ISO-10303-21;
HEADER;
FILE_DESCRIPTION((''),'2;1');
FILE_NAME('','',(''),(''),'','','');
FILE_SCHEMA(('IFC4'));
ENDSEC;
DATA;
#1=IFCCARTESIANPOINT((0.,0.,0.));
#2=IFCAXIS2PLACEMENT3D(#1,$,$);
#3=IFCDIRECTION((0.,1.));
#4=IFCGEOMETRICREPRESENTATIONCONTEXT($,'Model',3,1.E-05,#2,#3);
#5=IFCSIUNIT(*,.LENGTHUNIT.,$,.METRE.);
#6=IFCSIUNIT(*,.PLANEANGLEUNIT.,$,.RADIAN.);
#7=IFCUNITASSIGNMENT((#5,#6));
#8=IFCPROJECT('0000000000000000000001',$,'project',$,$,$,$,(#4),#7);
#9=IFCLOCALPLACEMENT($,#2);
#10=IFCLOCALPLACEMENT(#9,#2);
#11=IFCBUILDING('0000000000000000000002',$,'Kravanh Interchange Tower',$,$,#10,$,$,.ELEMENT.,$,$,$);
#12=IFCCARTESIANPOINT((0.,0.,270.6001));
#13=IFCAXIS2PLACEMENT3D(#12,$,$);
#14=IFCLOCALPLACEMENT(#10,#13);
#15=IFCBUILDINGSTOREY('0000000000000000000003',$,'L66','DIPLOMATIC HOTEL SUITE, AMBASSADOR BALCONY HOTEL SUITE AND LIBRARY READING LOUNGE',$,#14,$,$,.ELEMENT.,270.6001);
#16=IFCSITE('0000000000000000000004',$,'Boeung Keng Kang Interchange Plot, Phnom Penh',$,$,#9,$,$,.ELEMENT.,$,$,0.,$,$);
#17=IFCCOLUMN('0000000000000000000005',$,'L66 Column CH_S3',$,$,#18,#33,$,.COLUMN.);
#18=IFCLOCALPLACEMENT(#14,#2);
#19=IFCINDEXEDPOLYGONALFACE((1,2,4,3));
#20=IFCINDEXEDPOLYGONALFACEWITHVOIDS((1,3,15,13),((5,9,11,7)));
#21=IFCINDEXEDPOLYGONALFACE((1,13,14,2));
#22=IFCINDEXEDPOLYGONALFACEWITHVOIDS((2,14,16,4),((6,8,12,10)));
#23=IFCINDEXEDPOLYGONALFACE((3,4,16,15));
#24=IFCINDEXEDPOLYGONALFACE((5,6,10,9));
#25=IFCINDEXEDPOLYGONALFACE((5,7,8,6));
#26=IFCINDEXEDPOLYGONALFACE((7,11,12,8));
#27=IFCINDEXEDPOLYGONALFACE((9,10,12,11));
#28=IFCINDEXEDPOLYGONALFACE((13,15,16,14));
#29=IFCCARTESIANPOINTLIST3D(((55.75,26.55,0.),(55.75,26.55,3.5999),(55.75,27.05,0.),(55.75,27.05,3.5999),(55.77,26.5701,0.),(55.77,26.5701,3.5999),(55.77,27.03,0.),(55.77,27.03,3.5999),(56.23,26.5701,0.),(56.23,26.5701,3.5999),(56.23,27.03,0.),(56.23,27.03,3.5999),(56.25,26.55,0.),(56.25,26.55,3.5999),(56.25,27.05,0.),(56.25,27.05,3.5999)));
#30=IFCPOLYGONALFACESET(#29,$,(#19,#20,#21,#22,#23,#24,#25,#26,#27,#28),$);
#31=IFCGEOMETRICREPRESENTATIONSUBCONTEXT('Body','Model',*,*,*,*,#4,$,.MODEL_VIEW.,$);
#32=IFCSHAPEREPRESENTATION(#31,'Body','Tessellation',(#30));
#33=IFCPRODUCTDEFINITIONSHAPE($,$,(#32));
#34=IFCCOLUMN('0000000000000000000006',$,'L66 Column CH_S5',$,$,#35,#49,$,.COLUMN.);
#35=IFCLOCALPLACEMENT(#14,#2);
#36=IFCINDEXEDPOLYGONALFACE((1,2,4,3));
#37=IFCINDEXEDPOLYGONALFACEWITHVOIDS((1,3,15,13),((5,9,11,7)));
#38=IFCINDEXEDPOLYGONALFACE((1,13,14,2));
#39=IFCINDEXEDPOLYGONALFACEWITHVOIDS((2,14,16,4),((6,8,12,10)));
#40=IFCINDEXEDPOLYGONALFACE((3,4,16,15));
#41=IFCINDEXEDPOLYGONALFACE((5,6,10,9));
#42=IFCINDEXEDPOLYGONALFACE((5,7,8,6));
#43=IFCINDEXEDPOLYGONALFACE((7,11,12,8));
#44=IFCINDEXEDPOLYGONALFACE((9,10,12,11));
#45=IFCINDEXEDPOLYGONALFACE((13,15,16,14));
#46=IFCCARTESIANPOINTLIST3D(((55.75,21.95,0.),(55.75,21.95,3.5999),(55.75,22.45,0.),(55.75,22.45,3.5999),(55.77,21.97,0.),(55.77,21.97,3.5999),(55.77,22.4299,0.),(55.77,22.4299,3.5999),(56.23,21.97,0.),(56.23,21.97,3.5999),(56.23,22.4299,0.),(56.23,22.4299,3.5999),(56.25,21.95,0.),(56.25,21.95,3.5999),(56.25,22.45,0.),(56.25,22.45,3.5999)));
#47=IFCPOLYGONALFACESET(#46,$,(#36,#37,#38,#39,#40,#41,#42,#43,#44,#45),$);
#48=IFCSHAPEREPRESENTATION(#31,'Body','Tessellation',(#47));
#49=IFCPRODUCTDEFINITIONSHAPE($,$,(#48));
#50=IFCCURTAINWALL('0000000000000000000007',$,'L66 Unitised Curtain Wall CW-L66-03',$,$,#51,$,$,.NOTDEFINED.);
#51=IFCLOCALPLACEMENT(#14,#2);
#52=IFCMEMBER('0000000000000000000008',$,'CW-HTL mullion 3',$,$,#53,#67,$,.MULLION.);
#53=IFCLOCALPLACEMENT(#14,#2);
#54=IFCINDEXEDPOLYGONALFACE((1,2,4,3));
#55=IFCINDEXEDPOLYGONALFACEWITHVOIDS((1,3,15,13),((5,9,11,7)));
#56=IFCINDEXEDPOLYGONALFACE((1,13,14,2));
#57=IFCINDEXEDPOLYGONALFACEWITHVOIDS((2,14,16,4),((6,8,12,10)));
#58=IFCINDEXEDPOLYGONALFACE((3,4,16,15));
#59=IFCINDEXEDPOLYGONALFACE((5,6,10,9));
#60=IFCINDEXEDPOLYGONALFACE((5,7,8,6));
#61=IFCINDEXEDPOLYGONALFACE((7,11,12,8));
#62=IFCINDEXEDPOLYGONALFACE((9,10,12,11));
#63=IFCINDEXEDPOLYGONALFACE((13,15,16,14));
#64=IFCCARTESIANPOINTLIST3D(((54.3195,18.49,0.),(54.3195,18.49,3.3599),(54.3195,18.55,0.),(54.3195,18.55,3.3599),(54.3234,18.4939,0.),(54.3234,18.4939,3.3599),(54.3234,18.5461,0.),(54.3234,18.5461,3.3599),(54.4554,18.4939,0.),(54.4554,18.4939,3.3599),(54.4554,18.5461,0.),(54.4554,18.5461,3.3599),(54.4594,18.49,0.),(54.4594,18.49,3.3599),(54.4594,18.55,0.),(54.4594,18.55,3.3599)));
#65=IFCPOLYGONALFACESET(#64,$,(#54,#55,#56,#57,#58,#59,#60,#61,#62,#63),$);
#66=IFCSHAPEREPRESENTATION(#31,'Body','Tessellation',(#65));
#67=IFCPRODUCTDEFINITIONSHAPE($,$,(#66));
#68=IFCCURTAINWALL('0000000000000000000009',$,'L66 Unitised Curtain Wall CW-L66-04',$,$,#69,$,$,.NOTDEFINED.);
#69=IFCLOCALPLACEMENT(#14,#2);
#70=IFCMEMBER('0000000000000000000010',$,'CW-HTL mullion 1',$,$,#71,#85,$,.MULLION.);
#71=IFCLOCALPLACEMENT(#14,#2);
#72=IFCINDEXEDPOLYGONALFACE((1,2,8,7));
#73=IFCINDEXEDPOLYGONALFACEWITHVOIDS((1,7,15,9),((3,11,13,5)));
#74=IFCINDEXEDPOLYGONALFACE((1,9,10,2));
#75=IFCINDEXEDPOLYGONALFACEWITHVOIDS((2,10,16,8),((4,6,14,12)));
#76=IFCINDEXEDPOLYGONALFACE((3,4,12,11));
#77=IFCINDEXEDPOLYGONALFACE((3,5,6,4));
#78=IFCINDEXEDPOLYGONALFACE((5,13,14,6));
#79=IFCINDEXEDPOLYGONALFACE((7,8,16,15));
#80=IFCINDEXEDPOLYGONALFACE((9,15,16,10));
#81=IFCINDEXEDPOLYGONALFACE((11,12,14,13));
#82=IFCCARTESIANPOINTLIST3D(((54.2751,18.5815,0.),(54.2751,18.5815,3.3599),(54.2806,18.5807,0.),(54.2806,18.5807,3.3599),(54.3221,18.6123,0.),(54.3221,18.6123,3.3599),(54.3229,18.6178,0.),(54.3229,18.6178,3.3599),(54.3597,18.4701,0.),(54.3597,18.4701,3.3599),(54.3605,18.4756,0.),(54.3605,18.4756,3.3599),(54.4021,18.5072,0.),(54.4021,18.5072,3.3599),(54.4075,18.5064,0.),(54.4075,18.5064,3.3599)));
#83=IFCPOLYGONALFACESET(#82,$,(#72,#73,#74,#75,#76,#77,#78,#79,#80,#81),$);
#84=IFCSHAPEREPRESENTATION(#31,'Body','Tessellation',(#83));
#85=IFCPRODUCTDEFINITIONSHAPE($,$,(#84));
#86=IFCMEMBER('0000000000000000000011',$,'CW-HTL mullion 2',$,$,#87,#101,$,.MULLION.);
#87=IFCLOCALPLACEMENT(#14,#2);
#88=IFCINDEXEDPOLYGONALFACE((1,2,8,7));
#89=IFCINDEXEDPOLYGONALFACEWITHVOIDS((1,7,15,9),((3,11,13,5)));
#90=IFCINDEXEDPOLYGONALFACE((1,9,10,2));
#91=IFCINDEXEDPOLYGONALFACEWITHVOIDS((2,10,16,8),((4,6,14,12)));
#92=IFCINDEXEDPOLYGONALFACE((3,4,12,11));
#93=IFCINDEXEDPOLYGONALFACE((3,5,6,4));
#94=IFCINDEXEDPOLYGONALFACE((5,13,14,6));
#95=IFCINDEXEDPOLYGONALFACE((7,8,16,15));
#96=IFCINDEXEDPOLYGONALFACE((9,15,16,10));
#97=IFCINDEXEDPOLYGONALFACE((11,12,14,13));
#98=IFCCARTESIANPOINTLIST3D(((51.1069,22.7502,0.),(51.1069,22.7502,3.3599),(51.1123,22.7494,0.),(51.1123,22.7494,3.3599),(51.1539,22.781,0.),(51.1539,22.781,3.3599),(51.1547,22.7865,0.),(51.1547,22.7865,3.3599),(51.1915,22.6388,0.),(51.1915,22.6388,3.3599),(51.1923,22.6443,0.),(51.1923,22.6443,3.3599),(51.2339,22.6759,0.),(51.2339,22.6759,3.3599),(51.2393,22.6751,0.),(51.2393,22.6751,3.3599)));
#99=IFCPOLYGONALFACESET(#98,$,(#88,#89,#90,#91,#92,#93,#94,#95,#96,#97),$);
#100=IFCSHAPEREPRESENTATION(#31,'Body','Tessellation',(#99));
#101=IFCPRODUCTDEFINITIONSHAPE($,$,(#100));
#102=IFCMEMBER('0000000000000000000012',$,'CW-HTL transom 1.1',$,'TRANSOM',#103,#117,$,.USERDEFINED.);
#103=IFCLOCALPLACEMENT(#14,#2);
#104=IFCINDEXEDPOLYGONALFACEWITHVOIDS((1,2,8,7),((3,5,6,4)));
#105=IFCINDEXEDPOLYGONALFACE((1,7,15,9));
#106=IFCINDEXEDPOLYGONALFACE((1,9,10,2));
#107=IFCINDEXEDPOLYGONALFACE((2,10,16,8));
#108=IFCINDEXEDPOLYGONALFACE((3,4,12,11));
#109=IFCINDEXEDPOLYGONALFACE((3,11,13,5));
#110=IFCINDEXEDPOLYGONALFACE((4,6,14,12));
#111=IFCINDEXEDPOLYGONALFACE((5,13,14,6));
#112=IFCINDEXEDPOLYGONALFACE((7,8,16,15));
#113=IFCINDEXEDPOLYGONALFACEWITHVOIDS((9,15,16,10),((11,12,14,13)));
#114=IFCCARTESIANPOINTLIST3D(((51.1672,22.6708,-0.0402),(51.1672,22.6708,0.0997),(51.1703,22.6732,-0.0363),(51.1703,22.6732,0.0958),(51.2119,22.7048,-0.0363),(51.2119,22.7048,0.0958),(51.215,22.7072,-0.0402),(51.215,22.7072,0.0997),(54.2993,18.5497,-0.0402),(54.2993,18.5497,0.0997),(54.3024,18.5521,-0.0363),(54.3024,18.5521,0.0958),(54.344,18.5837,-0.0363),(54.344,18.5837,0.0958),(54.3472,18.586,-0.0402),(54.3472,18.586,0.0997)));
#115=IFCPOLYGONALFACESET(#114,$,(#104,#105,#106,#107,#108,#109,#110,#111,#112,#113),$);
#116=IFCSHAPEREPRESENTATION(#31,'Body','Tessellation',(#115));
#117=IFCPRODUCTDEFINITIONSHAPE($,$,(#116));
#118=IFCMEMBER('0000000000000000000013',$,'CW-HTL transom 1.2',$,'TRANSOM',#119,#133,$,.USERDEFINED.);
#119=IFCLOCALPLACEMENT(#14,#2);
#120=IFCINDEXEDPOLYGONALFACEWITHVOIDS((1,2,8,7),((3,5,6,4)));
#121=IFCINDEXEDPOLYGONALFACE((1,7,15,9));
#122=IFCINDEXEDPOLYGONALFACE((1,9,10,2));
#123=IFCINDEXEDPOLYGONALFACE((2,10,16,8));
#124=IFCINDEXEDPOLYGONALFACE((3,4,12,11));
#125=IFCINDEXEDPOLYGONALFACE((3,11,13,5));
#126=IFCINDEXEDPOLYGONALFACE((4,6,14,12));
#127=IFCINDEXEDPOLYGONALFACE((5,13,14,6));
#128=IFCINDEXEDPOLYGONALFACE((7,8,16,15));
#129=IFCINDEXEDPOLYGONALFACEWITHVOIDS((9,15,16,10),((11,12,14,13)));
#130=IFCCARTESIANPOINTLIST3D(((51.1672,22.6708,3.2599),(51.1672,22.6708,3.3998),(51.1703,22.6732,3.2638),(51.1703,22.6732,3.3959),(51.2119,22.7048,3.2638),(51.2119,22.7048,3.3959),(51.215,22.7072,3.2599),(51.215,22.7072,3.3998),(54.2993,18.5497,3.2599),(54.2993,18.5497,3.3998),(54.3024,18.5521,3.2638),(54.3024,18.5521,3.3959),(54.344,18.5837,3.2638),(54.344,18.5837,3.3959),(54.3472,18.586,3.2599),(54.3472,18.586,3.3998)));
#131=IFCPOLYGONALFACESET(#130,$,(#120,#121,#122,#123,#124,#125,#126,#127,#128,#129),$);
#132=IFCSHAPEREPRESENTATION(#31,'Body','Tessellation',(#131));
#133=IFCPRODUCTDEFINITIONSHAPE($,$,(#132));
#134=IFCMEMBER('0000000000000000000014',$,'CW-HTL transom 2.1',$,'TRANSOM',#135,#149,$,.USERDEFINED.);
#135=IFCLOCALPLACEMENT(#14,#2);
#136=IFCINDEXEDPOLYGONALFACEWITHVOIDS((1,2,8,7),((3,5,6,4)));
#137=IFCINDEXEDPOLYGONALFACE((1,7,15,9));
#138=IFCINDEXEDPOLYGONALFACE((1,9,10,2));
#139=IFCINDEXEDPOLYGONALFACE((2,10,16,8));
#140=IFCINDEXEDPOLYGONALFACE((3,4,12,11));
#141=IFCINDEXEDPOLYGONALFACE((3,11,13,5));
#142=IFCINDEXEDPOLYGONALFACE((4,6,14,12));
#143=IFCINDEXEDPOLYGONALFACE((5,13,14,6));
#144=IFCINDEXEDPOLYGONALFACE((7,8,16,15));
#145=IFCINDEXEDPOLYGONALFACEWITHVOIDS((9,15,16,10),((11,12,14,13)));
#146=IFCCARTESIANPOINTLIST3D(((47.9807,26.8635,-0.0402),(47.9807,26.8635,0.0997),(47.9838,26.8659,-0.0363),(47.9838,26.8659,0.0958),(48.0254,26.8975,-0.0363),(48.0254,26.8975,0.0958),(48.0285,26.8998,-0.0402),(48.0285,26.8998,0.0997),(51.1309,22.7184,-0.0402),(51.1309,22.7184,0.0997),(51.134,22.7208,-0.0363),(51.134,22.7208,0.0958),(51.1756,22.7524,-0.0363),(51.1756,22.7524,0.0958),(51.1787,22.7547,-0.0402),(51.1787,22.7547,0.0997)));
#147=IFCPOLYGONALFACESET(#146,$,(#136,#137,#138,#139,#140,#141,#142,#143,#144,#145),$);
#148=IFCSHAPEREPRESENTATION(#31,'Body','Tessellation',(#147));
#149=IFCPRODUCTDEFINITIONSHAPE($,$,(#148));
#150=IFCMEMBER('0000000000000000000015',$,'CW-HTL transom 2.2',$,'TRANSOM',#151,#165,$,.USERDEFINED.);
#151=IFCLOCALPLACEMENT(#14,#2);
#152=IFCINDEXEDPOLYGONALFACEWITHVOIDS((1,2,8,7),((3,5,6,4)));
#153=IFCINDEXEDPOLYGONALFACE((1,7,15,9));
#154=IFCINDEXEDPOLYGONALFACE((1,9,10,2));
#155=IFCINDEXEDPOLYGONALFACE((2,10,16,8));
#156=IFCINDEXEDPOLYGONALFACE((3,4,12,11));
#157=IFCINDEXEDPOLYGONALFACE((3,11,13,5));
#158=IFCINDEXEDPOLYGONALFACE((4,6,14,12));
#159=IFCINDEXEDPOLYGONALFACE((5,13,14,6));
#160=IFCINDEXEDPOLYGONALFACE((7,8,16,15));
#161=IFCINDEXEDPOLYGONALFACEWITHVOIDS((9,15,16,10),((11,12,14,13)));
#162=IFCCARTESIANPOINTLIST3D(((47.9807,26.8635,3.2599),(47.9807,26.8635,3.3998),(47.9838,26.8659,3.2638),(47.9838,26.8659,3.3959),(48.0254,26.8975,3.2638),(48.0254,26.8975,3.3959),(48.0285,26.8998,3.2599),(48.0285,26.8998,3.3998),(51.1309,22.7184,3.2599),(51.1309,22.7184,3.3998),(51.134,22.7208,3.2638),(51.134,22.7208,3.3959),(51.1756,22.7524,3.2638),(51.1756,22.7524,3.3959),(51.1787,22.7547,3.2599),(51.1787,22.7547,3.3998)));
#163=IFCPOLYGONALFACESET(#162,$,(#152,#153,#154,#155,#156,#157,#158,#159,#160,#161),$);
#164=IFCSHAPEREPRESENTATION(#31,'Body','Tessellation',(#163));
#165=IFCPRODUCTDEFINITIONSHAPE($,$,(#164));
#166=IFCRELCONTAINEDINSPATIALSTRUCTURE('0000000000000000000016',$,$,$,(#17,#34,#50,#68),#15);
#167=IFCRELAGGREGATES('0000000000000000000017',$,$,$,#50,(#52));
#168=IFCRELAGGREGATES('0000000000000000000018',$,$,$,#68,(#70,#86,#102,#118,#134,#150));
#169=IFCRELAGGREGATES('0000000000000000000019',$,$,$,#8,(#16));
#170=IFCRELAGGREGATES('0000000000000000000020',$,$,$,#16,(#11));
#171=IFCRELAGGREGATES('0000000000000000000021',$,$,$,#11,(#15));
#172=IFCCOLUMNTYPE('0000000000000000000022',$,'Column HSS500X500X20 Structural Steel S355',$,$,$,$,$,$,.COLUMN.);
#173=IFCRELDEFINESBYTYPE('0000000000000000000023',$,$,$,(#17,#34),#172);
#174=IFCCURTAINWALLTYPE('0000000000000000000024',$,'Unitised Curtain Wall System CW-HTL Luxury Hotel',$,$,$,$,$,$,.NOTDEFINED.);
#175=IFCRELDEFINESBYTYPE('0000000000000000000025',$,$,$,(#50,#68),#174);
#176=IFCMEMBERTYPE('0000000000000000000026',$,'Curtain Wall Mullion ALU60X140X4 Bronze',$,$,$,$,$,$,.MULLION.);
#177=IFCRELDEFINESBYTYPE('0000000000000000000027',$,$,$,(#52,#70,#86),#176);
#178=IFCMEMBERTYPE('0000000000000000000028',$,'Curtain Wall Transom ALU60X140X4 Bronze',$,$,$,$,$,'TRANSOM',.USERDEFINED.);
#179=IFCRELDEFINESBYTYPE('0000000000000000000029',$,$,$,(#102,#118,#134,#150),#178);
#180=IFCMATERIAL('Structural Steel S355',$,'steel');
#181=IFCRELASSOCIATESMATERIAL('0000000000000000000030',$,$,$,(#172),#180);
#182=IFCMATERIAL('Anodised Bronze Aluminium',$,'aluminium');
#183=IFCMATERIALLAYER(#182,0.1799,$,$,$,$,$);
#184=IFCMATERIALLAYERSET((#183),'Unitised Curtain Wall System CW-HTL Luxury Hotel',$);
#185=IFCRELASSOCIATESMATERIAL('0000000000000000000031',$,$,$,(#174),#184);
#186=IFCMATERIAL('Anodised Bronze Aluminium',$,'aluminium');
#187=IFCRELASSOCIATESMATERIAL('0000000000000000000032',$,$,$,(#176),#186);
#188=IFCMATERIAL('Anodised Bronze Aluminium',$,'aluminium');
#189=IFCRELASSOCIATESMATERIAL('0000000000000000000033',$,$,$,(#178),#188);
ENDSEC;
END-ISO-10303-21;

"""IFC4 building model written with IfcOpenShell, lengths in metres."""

from ifc_helpers import new_model, si_unit, direction, frame, origin, origin_2d, place, context, subcontext, project, spatial, hollow_rectangle, extrude, material, layer, layer_set, material_profile, profile_set, type_object, element, aggregate, save


model = new_model("IFC4")

# Units and contexts
model_context = context("Model", 3, precision=1e-05, world=origin(), true_north=direction((0.0, 1.0)))
body_context = subcontext(model_context, "Body", "Model", "MODEL_VIEW")
ifc_project = project(units=[si_unit("LENGTHUNIT", "METRE"), si_unit("PLANEANGLEUNIT", "RADIAN")], contexts=[model_context])

# Site, building, storey
site_placement = place(None, origin())
site = spatial("IfcSite", under=ifc_project, at=site_placement, Name="Boeung Keng Kang Interchange Plot, Phnom Penh", CompositionType="ELEMENT", RefElevation=0.0)
building_placement = place(site_placement, origin())
building = spatial("IfcBuilding", under=site, at=building_placement, Name="Kravanh Interchange Tower", CompositionType="ELEMENT")
storey_placement = place(building_placement, frame((0.0, 0.0, 270.6001)))
storey = spatial("IfcBuildingStorey", under=building, at=storey_placement, Name="L66", Description="DIPLOMATIC HOTEL SUITE, AMBASSADOR BALCONY HOTEL SUITE AND LIBRARY READING LOUNGE", CompositionType="ELEMENT", Elevation=270.6001)

# Columns
ifc_material_1 = material(Name="Structural Steel S355", Category="steel")
ifc_material_profile_1 = material_profile(ifc_material_1, hollow_rectangle(XDim=0.5, YDim=0.5, WallThickness=0.02, at=origin_2d()), Name="HSS500X500X20")
ifc_profile_set_1 = profile_set([ifc_material_profile_1], Name="Structural Steel S355")
column_type = type_object("IfcColumnType", Name="Column HSS500X500X20 Structural Steel S355", PredefinedType="COLUMN", material=ifc_profile_set_1)
for number, where, z_axis, x_axis, name in (
    (1, (56.0, 26.8, 0.0), (0.0, 0.0, 1.0), (1.0, 0.0, 0.0), "L66 Column CH_S3"),
    (2, (56.0, 22.2, 0.0), (0.0, 0.0, 1.0), (1.0, 0.0, 0.0), "L66 Column CH_S5"),
):
    element("IfcColumn", number, at=place(storey_placement, frame(where, z_axis=z_axis, x_axis=x_axis)), inside=storey, type_object=column_type, Name=name, PredefinedType="COLUMN", context=body_context, shape_type="SweptSolid", body=[
        extrude(hollow_rectangle(XDim=0.5, YDim=0.5, WallThickness=0.02, at=origin_2d()), origin(), (0.0, 0.0, 1.0), 3.5999),
    ])

# Curtain wall, member
ifc_material_2 = material(Name="Anodised Bronze Aluminium", Category="aluminium")
ifc_layer_1 = layer(ifc_material_2, 0.1799)
ifc_layer_set_1 = layer_set([ifc_layer_1], Name="Unitised Curtain Wall System CW-HTL Luxury Hotel")
curtain_wall_type = type_object("IfcCurtainWallType", Name="Unitised Curtain Wall System CW-HTL Luxury Hotel", PredefinedType="NOTDEFINED", material=ifc_layer_set_1)
curtain_wall_1_placement = place(storey_placement, origin())
curtain_wall_1 = element("IfcCurtainWall", 3, at=curtain_wall_1_placement, inside=storey, type_object=curtain_wall_type, Name="L66 Unitised Curtain Wall CW-L66-03", PredefinedType="NOTDEFINED")
ifc_material_3 = material(Name="Anodised Bronze Aluminium", Category="aluminium")
ifc_material_profile_2 = material_profile(ifc_material_3, hollow_rectangle(XDim=0.0601, YDim=0.1399, WallThickness=0.0039, at=origin_2d()), Name="ALU60X140X4")
ifc_profile_set_2 = profile_set([ifc_material_profile_2], Name="Anodised Bronze Aluminium")
member_type_1 = type_object("IfcMemberType", Name="Curtain Wall Mullion ALU60X140X4 Bronze", PredefinedType="MULLION", material=ifc_profile_set_2)
member_1_placement = place(storey_placement, frame((54.3894, 18.52, 0.0), z_axis=(0.0, 0.0, 1.0), x_axis=(0.0, -1.0, 0.0)))
member_1 = element("IfcMember", 4, at=member_1_placement, type_object=member_type_1, Name="CW-HTL mullion 3", PredefinedType="MULLION", context=body_context, shape_type="SweptSolid", body=[
    extrude(hollow_rectangle(XDim=0.0601, YDim=0.1399, WallThickness=0.0039, at=origin_2d()), origin(), (0.0, 0.0, 1.0), 3.3599),
])

# Curtain wall, members
curtain_wall_2_placement = place(storey_placement, origin())
curtain_wall_2 = element("IfcCurtainWall", 5, at=curtain_wall_2_placement, inside=storey, type_object=curtain_wall_type, Name="L66 Unitised Curtain Wall CW-L66-04", PredefinedType="NOTDEFINED")
member_2_placement = place(storey_placement, frame((54.3413, 18.5439, 0.0), z_axis=(0.0, 0.0, 1.0), x_axis=(-0.796162, -0.605083, 0.0)))
member_2 = element("IfcMember", 6, at=member_2_placement, type_object=member_type_1, Name="CW-HTL mullion 1", PredefinedType="MULLION", context=body_context, shape_type="SweptSolid", body=[
    extrude(hollow_rectangle(XDim=0.0601, YDim=0.1399, WallThickness=0.0039, at=origin_2d()), origin(), (0.0, 0.0, 1.0), 3.3599),
])
member_3_placement = place(storey_placement, frame((51.1731, 22.7126, 0.0), z_axis=(0.0, 0.0, 1.0), x_axis=(-0.796162, -0.605083, 0.0)))
member_3 = element("IfcMember", 7, at=member_3_placement, type_object=member_type_1, Name="CW-HTL mullion 2", PredefinedType="MULLION", context=body_context, shape_type="SweptSolid", body=[
    extrude(hollow_rectangle(XDim=0.0601, YDim=0.1399, WallThickness=0.0039, at=origin_2d()), origin(), (0.0, 0.0, 1.0), 3.3599),
])
ifc_material_4 = material(Name="Anodised Bronze Aluminium", Category="aluminium")
ifc_material_profile_3 = material_profile(ifc_material_4, hollow_rectangle(XDim=0.0601, YDim=0.1399, WallThickness=0.0039, at=origin_2d()), Name="ALU60X140X4")
ifc_profile_set_3 = profile_set([ifc_material_profile_3], Name="Anodised Bronze Aluminium")
member_type_2 = type_object("IfcMemberType", Name="Curtain Wall Transom ALU60X140X4 Bronze", ElementType="TRANSOM", PredefinedType="USERDEFINED", material=ifc_profile_set_3)
member_4_placement = place(storey_placement, frame((54.3232, 18.5679, 0.0298), z_axis=(-0.605089, 0.796158, 0.0), x_axis=(-0.796158, -0.605089, 0.0)))
member_4 = element("IfcMember", 8, at=member_4_placement, type_object=member_type_2, Name="CW-HTL transom 1.1", ObjectType="TRANSOM", PredefinedType="USERDEFINED", context=body_context, shape_type="SweptSolid", body=[
    extrude(hollow_rectangle(XDim=0.0601, YDim=0.1399, WallThickness=0.0039, at=origin_2d()), origin(), (0.0, 0.0, 1.0), 5.1763),
])
member_5_placement = place(storey_placement, frame((54.3232, 18.5679, 3.3298), z_axis=(-0.605089, 0.796158, 0.0), x_axis=(-0.796158, -0.605089, 0.0)))
member_5 = element("IfcMember", 9, at=member_5_placement, type_object=member_type_2, Name="CW-HTL transom 1.2", ObjectType="TRANSOM", PredefinedType="USERDEFINED", context=body_context, shape_type="SweptSolid", body=[
    extrude(hollow_rectangle(XDim=0.0601, YDim=0.1399, WallThickness=0.0039, at=origin_2d()), origin(), (0.0, 0.0, 1.0), 5.1763),
])
member_6_placement = place(storey_placement, frame((51.1548, 22.7366, 0.0298), z_axis=(-0.605075, 0.796169, 0.0), x_axis=(-0.796169, -0.605075, 0.0)))
member_6 = element("IfcMember", 10, at=member_6_placement, type_object=member_type_2, Name="CW-HTL transom 2.1", ObjectType="TRANSOM", PredefinedType="USERDEFINED", context=body_context, shape_type="SweptSolid", body=[
    extrude(hollow_rectangle(XDim=0.0601, YDim=0.1399, WallThickness=0.0039, at=origin_2d()), origin(), (0.0, 0.0, 1.0), 5.2063),
])
member_7_placement = place(storey_placement, frame((51.1548, 22.7366, 3.3298), z_axis=(-0.605075, 0.796169, 0.0), x_axis=(-0.796169, -0.605075, 0.0)))
member_7 = element("IfcMember", 11, at=member_7_placement, type_object=member_type_2, Name="CW-HTL transom 2.2", ObjectType="TRANSOM", PredefinedType="USERDEFINED", context=body_context, shape_type="SweptSolid", body=[
    extrude(hollow_rectangle(XDim=0.0601, YDim=0.1399, WallThickness=0.0039, at=origin_2d()), origin(), (0.0, 0.0, 1.0), 5.2063),
])

aggregate(curtain_wall_1, [member_1])
aggregate(curtain_wall_2, [member_2, member_3, member_4, member_5, member_6, member_7])

save(model, "model.ifc")
